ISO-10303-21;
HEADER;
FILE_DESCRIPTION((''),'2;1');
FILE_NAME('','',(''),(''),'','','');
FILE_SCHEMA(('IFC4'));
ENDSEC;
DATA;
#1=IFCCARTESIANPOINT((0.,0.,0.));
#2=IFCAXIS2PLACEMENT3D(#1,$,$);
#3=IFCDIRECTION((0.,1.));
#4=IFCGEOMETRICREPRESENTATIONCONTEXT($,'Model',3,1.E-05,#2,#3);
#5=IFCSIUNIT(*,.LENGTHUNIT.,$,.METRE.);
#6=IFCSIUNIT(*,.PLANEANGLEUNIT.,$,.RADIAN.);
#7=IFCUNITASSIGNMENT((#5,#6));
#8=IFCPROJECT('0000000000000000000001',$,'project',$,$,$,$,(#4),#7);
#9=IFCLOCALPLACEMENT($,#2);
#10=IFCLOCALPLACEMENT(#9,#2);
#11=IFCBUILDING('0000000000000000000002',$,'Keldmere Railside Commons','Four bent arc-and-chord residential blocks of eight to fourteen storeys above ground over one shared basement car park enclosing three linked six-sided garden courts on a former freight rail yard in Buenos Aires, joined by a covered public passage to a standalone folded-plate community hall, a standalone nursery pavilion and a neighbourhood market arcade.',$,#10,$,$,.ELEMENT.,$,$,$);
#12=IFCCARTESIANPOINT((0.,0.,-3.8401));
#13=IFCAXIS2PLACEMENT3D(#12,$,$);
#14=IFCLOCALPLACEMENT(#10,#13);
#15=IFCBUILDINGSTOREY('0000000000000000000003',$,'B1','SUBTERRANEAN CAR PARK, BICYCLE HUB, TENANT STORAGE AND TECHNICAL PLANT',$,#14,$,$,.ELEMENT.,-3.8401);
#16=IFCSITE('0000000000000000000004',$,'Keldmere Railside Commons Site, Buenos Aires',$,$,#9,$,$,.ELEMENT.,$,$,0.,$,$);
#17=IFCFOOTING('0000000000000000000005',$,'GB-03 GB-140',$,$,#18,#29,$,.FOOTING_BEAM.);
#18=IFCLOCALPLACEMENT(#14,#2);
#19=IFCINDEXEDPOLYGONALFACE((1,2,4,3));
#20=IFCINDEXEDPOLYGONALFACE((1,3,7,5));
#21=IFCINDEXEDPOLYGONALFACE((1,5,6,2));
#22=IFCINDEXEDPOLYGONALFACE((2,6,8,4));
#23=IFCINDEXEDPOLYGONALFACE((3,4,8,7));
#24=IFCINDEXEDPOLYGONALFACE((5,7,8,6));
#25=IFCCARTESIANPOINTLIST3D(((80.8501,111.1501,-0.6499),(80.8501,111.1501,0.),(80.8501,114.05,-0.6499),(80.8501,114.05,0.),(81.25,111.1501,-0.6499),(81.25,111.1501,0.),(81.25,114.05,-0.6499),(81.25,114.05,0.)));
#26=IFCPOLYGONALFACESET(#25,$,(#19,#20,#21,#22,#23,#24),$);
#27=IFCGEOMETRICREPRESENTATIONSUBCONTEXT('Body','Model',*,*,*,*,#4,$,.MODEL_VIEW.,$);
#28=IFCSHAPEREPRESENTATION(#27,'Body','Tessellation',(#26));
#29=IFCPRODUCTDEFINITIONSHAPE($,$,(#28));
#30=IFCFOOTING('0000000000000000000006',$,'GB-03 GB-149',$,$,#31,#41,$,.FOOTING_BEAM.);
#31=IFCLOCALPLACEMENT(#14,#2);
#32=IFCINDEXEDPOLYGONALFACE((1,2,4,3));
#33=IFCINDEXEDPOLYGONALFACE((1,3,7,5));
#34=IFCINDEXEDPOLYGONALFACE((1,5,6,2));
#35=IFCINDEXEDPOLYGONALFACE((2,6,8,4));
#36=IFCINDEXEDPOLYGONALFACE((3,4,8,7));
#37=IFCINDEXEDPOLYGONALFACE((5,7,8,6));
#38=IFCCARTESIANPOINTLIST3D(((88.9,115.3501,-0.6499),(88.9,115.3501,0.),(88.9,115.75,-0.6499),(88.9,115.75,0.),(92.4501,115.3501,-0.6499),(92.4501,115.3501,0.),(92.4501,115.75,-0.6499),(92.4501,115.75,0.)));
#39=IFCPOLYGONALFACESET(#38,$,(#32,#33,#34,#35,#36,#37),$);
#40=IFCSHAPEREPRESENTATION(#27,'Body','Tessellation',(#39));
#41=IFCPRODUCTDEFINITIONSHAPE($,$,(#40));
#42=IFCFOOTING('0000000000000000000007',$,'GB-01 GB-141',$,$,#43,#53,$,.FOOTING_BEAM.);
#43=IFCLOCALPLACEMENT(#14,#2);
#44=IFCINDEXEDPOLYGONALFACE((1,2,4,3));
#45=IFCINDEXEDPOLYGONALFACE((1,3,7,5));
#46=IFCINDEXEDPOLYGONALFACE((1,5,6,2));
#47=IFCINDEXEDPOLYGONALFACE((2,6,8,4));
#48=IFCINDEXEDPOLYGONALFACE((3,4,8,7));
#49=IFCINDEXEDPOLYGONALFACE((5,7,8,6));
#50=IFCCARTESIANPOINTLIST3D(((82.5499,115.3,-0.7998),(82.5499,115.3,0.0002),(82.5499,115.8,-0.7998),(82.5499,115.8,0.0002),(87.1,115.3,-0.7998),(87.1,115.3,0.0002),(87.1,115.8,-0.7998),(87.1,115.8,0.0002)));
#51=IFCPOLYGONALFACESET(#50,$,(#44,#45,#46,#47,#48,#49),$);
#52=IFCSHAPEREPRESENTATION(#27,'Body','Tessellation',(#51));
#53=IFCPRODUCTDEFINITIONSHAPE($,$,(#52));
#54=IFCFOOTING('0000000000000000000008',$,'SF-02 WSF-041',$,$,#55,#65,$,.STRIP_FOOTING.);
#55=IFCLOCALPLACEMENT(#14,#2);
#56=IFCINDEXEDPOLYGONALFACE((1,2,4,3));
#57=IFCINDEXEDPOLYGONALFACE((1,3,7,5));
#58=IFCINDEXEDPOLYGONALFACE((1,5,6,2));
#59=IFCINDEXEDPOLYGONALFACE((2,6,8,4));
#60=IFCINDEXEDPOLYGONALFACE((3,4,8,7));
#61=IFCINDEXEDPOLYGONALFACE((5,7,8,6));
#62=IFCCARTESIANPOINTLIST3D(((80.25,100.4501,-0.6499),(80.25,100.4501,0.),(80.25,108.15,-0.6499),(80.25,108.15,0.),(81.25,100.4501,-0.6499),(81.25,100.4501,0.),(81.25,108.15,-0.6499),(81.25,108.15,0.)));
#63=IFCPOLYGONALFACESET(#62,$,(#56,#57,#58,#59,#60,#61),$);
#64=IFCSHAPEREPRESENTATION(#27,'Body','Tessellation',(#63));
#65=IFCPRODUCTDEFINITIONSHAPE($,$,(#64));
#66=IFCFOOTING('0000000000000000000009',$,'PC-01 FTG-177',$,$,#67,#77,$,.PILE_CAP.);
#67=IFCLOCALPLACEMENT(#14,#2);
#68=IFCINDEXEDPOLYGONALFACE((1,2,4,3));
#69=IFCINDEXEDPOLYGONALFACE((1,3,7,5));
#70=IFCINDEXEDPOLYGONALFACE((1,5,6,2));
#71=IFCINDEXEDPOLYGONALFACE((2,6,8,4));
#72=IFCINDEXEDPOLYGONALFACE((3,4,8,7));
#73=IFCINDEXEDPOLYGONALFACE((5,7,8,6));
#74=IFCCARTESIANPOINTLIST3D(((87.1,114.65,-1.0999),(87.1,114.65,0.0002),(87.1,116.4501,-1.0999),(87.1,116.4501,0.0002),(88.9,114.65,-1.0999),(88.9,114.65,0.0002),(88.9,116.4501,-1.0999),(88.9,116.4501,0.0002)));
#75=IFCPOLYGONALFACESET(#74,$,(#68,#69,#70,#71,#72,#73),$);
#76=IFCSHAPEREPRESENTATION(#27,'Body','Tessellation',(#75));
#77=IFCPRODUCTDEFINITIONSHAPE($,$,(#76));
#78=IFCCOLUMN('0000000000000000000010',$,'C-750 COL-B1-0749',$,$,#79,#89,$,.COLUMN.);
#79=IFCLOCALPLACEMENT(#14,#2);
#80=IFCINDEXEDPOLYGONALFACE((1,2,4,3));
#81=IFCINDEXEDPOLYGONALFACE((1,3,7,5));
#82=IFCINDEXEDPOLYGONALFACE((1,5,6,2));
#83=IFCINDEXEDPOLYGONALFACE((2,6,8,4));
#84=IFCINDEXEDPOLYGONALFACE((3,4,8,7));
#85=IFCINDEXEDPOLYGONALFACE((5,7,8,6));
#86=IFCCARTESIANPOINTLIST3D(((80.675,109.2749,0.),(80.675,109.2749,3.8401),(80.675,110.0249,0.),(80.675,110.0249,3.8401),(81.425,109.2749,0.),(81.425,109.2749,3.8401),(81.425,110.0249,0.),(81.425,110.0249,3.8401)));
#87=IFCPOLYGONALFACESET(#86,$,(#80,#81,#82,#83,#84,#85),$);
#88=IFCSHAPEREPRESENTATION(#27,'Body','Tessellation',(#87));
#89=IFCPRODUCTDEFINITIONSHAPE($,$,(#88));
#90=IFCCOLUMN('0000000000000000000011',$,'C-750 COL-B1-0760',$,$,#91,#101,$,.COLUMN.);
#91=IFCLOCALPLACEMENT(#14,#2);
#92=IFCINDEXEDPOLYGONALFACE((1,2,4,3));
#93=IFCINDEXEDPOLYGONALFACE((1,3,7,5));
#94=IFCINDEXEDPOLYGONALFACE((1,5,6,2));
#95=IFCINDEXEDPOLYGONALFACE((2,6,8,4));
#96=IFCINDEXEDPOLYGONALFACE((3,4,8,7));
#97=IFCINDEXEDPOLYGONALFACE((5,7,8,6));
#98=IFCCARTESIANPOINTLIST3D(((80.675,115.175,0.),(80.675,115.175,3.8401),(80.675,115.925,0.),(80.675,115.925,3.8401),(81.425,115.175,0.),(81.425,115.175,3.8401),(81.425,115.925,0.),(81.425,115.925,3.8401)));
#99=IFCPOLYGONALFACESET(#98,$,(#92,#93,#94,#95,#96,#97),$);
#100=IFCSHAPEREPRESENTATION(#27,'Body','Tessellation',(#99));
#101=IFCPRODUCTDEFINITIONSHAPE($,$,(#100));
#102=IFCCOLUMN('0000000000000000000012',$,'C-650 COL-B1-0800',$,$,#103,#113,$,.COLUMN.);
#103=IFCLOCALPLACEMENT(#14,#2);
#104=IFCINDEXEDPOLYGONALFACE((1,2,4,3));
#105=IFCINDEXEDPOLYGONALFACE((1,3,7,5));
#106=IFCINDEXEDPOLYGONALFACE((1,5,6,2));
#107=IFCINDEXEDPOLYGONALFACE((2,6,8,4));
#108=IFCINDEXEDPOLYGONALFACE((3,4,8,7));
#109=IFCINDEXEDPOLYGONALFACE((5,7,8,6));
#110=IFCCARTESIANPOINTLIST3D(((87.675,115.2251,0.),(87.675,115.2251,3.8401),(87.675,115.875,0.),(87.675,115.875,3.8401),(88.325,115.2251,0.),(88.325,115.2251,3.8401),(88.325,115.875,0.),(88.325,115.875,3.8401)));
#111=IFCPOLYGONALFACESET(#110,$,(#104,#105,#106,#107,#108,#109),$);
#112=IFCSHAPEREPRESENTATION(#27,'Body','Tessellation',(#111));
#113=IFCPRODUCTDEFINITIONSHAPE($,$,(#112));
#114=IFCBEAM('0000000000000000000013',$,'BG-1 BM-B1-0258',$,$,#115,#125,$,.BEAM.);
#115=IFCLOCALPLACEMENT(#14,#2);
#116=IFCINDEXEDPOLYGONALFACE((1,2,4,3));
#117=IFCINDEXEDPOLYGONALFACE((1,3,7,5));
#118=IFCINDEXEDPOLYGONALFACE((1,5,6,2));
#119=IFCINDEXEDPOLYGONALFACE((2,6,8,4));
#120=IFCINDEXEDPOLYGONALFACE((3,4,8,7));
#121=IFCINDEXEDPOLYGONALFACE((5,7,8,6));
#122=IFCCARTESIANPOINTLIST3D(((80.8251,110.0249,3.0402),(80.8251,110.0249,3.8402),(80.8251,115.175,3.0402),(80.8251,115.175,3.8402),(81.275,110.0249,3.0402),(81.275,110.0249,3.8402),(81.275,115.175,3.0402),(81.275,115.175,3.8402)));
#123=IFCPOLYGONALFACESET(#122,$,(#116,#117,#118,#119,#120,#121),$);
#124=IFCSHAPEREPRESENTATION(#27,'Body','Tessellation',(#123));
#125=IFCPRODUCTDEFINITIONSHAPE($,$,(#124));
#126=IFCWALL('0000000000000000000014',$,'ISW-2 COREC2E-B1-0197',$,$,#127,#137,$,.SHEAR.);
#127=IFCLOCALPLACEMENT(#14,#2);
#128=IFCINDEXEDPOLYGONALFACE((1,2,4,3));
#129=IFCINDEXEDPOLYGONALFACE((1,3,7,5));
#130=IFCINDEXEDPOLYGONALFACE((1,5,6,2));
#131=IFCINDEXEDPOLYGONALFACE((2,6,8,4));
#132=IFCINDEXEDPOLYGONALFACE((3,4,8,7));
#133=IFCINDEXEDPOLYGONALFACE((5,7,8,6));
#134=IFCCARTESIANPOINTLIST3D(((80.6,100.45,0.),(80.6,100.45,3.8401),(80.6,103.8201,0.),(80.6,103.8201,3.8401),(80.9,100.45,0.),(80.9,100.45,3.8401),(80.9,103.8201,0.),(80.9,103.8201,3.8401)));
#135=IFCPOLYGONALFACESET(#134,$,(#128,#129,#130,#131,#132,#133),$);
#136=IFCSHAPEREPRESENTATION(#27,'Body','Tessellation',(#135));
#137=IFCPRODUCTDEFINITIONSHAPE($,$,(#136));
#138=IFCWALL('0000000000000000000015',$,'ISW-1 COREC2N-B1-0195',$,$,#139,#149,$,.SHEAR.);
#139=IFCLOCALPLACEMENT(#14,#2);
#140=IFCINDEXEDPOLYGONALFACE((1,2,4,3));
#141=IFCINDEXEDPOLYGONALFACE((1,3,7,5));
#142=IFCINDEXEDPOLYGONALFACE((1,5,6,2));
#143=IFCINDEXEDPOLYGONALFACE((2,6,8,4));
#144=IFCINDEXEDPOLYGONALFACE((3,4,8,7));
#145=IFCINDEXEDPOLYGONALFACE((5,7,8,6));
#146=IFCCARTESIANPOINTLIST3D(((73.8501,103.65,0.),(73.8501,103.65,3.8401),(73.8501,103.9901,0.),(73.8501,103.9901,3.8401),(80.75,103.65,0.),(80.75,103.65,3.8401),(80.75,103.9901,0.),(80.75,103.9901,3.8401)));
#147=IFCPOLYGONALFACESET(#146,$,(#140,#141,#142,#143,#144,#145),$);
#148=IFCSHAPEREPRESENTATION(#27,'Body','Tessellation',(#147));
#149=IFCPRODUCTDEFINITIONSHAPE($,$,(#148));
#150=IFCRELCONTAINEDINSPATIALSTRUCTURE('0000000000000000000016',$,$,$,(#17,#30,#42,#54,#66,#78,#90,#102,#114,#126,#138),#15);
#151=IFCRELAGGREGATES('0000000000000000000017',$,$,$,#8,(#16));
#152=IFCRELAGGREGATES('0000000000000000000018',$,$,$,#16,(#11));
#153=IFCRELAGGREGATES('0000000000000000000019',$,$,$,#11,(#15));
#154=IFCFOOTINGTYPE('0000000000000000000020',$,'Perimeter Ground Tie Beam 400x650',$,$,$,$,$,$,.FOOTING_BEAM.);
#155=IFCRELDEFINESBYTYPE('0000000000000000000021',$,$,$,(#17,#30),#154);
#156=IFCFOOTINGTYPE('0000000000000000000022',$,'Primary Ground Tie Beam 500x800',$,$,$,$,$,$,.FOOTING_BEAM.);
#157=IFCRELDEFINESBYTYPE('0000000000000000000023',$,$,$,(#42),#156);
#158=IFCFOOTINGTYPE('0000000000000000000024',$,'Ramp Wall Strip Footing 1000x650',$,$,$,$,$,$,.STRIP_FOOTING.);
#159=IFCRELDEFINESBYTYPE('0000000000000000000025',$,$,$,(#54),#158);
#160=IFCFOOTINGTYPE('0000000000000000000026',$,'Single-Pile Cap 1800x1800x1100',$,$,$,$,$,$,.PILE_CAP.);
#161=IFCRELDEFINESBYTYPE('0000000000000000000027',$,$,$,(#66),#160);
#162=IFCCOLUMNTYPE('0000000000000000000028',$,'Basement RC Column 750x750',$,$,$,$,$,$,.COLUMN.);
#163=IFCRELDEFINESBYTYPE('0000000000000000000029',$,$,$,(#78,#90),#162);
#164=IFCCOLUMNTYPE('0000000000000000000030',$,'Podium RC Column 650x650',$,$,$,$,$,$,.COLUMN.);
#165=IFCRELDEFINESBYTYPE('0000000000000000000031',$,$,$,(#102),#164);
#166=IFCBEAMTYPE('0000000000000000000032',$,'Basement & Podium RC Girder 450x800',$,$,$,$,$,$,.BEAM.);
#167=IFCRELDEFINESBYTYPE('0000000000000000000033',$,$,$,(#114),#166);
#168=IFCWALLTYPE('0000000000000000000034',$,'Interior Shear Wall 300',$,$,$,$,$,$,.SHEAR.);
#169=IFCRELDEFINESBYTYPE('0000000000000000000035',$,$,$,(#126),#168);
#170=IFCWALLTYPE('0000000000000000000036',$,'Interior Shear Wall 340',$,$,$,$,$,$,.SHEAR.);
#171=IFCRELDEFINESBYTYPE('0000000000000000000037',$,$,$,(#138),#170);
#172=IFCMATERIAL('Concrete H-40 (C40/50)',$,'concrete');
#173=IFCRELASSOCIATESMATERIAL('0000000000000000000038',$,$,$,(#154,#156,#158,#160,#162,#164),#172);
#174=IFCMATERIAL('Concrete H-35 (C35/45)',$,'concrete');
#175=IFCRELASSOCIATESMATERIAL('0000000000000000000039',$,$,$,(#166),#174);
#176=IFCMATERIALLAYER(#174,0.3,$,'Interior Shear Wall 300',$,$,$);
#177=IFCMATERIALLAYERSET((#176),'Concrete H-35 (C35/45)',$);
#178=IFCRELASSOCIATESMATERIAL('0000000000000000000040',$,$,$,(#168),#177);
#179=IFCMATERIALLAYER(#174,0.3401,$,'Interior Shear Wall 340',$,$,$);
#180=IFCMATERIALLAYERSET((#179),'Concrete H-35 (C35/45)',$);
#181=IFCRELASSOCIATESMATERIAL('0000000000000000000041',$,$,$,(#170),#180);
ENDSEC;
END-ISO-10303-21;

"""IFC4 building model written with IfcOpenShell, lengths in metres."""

from ifc_helpers import new_model, si_unit, direction, frame, frame_2d, origin, origin_2d, place, context, subcontext, project, spatial, rectangle, extrude, material, layer, layer_set, material_profile, profile_set, type_object, element, save


model = new_model("IFC4")

# Units and contexts
model_context = context("Model", 3, precision=1e-05, world=origin(), true_north=direction((0.0, 1.0)))
body_context = subcontext(model_context, "Body", "Model", "MODEL_VIEW")
ifc_project = project(units=[si_unit("LENGTHUNIT", "METRE"), si_unit("PLANEANGLEUNIT", "RADIAN")], contexts=[model_context])

# Site, building, storey
site_placement = place(None, origin())
site = spatial("IfcSite", under=ifc_project, at=site_placement, Name="Keldmere Railside Commons Site, Buenos Aires", CompositionType="ELEMENT", RefElevation=0.0)
building_placement = place(site_placement, origin())
building = spatial("IfcBuilding", under=site, at=building_placement, Name="Keldmere Railside Commons", Description="Four bent arc-and-chord residential blocks of eight to fourteen storeys above ground over one shared basement car park enclosing three linked six-sided garden courts on a former freight rail yard in Buenos Aires, joined by a covered public passage to a standalone folded-plate community hall, a standalone nursery pavilion and a neighbourhood market arcade.", CompositionType="ELEMENT")
storey_placement = place(building_placement, frame((0.0, 0.0, -3.8401)))
storey = spatial("IfcBuildingStorey", under=building, at=storey_placement, Name="B1", Description="SUBTERRANEAN CAR PARK, BICYCLE HUB, TENANT STORAGE AND TECHNICAL PLANT", CompositionType="ELEMENT", Elevation=-3.8401)

# Footings
ifc_material_1 = material(Name="Concrete H-40 (C40/50)", Category="concrete")
footing_type_1 = type_object("IfcFootingType", Name="Perimeter Ground Tie Beam 400x650", PredefinedType="FOOTING_BEAM", material=ifc_material_1)
footing_1_placement = place(storey_placement, frame((81.05, 112.6001, -0.6499), z_axis=(0.0, 0.0, 1.0), x_axis=(0.0, 1.0, 0.0)))
element("IfcFooting", 1, at=footing_1_placement, inside=storey, type_object=footing_type_1, Name="GB-03 GB-140", PredefinedType="FOOTING_BEAM", context=body_context, shape_type="SweptSolid", body=[
    extrude(rectangle(XDim=2.8999, YDim=0.3999, at=origin_2d()), origin(), (0.0, 0.0, 1.0), 0.6499),
])
footing_2_placement = place(storey_placement, frame((90.675, 115.55, -0.6499), z_axis=(0.0, 0.0, 1.0), x_axis=(1.0, 0.0, 0.0)))
element("IfcFooting", 2, at=footing_2_placement, inside=storey, type_object=footing_type_1, Name="GB-03 GB-149", PredefinedType="FOOTING_BEAM", context=body_context, shape_type="SweptSolid", body=[
    extrude(rectangle(XDim=3.55, YDim=0.3999, at=origin_2d()), origin(), (0.0, 0.0, 1.0), 0.6499),
])
footing_type_2 = type_object("IfcFootingType", Name="Primary Ground Tie Beam 500x800", PredefinedType="FOOTING_BEAM", material=ifc_material_1)
footing_3_placement = place(storey_placement, frame((84.825, 115.55, -0.7998), z_axis=(0.0, 0.0, 1.0), x_axis=(1.0, 0.0, 0.0)))
element("IfcFooting", 3, at=footing_3_placement, inside=storey, type_object=footing_type_2, Name="GB-01 GB-141", PredefinedType="FOOTING_BEAM", context=body_context, shape_type="SweptSolid", body=[
    extrude(rectangle(XDim=4.55, YDim=0.5, at=origin_2d()), origin(), (0.0, 0.0, 1.0), 0.8),
])
footing_type_3 = type_object("IfcFootingType", Name="Ramp Wall Strip Footing 1000x650", PredefinedType="STRIP_FOOTING", material=ifc_material_1)
footing_4_placement = place(storey_placement, frame((80.75, 104.3, -0.6499), z_axis=(0.0, 0.0, 1.0), x_axis=(0.0, 1.0, 0.0)))
element("IfcFooting", 4, at=footing_4_placement, inside=storey, type_object=footing_type_3, Name="SF-02 WSF-041", PredefinedType="STRIP_FOOTING", context=body_context, shape_type="SweptSolid", body=[
    extrude(rectangle(XDim=7.7, YDim=1.0, at=origin_2d()), origin(), (0.0, 0.0, 1.0), 0.6499),
])
footing_type_4 = type_object("IfcFootingType", Name="Single-Pile Cap 1800x1800x1100", PredefinedType="PILE_CAP", material=ifc_material_1)
footing_5_placement = place(storey_placement, frame((88.0, 115.55, -1.0999), z_axis=(0.0, 0.0, 1.0), x_axis=(1.0, 0.0, 0.0)))
element("IfcFooting", 5, at=footing_5_placement, inside=storey, type_object=footing_type_4, Name="PC-01 FTG-177", PredefinedType="PILE_CAP", context=body_context, shape_type="SweptSolid", body=[
    extrude(rectangle(XDim=1.8, YDim=1.8, at=origin_2d()), origin(), (0.0, 0.0, 1.0), 1.1001),
])

# Columns
ifc_material_profile_1 = material_profile(ifc_material_1, rectangle(XDim=0.75, YDim=0.75, at=origin_2d()), Name="RC-750x750")
ifc_profile_set_1 = profile_set([ifc_material_profile_1], Name="Concrete H-40 (C40/50)")
column_type_1 = type_object("IfcColumnType", Name="Basement RC Column 750x750", PredefinedType="COLUMN", material=ifc_profile_set_1)
for number, where, z_axis, x_axis, name in (
    (6, (81.05, 109.6499, 0.0), (0.0, 0.0, 1.0), (1.0, 0.0, 0.0), "C-750 COL-B1-0749"),
    (7, (81.05, 115.55, 0.0), (0.0, 0.0, 1.0), (1.0, 0.0, 0.0), "C-750 COL-B1-0760"),
):
    element("IfcColumn", number, at=place(storey_placement, frame(where, z_axis=z_axis, x_axis=x_axis)), inside=storey, type_object=column_type_1, Name=name, PredefinedType="COLUMN", context=body_context, shape_type="SweptSolid", body=[
        extrude(rectangle(XDim=0.75, YDim=0.75, at=origin_2d()), origin(), (0.0, 0.0, 1.0), 3.8401),
    ])
ifc_material_profile_2 = material_profile(ifc_material_1, rectangle(XDim=0.6499, YDim=0.6499, at=origin_2d()), Name="RC-650x650")
ifc_profile_set_2 = profile_set([ifc_material_profile_2], Name="Concrete H-40 (C40/50)")
column_type_2 = type_object("IfcColumnType", Name="Podium RC Column 650x650", PredefinedType="COLUMN", material=ifc_profile_set_2)
column_placement = place(storey_placement, frame((88.0, 115.55, 0.0), z_axis=(0.0, 0.0, 1.0), x_axis=(1.0, 0.0, 0.0)))
element("IfcColumn", 8, at=column_placement, inside=storey, type_object=column_type_2, Name="C-650 COL-B1-0800", PredefinedType="COLUMN", context=body_context, shape_type="SweptSolid", body=[
    extrude(rectangle(XDim=0.6499, YDim=0.6499, at=origin_2d()), origin(), (0.0, 0.0, 1.0), 3.8401),
])

# Beam
ifc_material_2 = material(Name="Concrete H-35 (C35/45)", Category="concrete")
ifc_material_profile_3 = material_profile(ifc_material_2, rectangle(XDim=0.45, YDim=0.8, at=origin_2d()), Name="RC-450x800")
ifc_profile_set_3 = profile_set([ifc_material_profile_3], Name="Concrete H-35 (C35/45)")
beam_type = type_object("IfcBeamType", Name="Basement & Podium RC Girder 450x800", PredefinedType="BEAM", material=ifc_profile_set_3)
beam_placement = place(storey_placement, frame((81.05, 110.0249, 3.4402), z_axis=(0.0, 1.0, 0.0), x_axis=(-1.0, 0.0, 0.0)))
element("IfcBeam", 9, at=beam_placement, inside=storey, type_object=beam_type, Name="BG-1 BM-B1-0258", PredefinedType="BEAM", context=body_context, shape_type="SweptSolid", body=[
    extrude(rectangle(XDim=0.45, YDim=0.8, at=origin_2d()), origin(), (0.0, 0.0, 1.0), 5.1501),
])

# Walls
ifc_layer_1 = layer(ifc_material_2, 0.3, Name="Interior Shear Wall 300")
ifc_layer_set_1 = layer_set([ifc_layer_1], Name="Concrete H-35 (C35/45)")
wall_type_1 = type_object("IfcWallType", Name="Interior Shear Wall 300", PredefinedType="SHEAR", material=ifc_layer_set_1)
wall_1_placement = place(storey_placement, frame((80.75, 100.45, 0.0), z_axis=(0.0, 0.0, 1.0), x_axis=(0.0, 1.0, 0.0)))
element("IfcWall", 10, at=wall_1_placement, inside=storey, type_object=wall_type_1, Name="ISW-2 COREC2E-B1-0197", PredefinedType="SHEAR", context=body_context, shape_type="SweptSolid", body=[
    extrude(rectangle(XDim=3.3701, YDim=0.3, at=frame_2d((1.6851, 0.0))), origin(), (0.0, 0.0, 1.0), 3.8401),
])
ifc_layer_2 = layer(ifc_material_2, 0.3401, Name="Interior Shear Wall 340")
ifc_layer_set_2 = layer_set([ifc_layer_2], Name="Concrete H-35 (C35/45)")
wall_type_2 = type_object("IfcWallType", Name="Interior Shear Wall 340", PredefinedType="SHEAR", material=ifc_layer_set_2)
wall_2_placement = place(storey_placement, frame((80.75, 103.8201, 0.0), z_axis=(0.0, 0.0, 1.0), x_axis=(-1.0, 0.0, 0.0)))
element("IfcWall", 11, at=wall_2_placement, inside=storey, type_object=wall_type_2, Name="ISW-1 COREC2N-B1-0195", PredefinedType="SHEAR", context=body_context, shape_type="SweptSolid", body=[
    extrude(rectangle(XDim=6.8999, YDim=0.3401, at=frame_2d((3.45, 0.0))), origin(), (0.0, 0.0, 1.0), 3.8401),
])

save(model, "model.ifc")
